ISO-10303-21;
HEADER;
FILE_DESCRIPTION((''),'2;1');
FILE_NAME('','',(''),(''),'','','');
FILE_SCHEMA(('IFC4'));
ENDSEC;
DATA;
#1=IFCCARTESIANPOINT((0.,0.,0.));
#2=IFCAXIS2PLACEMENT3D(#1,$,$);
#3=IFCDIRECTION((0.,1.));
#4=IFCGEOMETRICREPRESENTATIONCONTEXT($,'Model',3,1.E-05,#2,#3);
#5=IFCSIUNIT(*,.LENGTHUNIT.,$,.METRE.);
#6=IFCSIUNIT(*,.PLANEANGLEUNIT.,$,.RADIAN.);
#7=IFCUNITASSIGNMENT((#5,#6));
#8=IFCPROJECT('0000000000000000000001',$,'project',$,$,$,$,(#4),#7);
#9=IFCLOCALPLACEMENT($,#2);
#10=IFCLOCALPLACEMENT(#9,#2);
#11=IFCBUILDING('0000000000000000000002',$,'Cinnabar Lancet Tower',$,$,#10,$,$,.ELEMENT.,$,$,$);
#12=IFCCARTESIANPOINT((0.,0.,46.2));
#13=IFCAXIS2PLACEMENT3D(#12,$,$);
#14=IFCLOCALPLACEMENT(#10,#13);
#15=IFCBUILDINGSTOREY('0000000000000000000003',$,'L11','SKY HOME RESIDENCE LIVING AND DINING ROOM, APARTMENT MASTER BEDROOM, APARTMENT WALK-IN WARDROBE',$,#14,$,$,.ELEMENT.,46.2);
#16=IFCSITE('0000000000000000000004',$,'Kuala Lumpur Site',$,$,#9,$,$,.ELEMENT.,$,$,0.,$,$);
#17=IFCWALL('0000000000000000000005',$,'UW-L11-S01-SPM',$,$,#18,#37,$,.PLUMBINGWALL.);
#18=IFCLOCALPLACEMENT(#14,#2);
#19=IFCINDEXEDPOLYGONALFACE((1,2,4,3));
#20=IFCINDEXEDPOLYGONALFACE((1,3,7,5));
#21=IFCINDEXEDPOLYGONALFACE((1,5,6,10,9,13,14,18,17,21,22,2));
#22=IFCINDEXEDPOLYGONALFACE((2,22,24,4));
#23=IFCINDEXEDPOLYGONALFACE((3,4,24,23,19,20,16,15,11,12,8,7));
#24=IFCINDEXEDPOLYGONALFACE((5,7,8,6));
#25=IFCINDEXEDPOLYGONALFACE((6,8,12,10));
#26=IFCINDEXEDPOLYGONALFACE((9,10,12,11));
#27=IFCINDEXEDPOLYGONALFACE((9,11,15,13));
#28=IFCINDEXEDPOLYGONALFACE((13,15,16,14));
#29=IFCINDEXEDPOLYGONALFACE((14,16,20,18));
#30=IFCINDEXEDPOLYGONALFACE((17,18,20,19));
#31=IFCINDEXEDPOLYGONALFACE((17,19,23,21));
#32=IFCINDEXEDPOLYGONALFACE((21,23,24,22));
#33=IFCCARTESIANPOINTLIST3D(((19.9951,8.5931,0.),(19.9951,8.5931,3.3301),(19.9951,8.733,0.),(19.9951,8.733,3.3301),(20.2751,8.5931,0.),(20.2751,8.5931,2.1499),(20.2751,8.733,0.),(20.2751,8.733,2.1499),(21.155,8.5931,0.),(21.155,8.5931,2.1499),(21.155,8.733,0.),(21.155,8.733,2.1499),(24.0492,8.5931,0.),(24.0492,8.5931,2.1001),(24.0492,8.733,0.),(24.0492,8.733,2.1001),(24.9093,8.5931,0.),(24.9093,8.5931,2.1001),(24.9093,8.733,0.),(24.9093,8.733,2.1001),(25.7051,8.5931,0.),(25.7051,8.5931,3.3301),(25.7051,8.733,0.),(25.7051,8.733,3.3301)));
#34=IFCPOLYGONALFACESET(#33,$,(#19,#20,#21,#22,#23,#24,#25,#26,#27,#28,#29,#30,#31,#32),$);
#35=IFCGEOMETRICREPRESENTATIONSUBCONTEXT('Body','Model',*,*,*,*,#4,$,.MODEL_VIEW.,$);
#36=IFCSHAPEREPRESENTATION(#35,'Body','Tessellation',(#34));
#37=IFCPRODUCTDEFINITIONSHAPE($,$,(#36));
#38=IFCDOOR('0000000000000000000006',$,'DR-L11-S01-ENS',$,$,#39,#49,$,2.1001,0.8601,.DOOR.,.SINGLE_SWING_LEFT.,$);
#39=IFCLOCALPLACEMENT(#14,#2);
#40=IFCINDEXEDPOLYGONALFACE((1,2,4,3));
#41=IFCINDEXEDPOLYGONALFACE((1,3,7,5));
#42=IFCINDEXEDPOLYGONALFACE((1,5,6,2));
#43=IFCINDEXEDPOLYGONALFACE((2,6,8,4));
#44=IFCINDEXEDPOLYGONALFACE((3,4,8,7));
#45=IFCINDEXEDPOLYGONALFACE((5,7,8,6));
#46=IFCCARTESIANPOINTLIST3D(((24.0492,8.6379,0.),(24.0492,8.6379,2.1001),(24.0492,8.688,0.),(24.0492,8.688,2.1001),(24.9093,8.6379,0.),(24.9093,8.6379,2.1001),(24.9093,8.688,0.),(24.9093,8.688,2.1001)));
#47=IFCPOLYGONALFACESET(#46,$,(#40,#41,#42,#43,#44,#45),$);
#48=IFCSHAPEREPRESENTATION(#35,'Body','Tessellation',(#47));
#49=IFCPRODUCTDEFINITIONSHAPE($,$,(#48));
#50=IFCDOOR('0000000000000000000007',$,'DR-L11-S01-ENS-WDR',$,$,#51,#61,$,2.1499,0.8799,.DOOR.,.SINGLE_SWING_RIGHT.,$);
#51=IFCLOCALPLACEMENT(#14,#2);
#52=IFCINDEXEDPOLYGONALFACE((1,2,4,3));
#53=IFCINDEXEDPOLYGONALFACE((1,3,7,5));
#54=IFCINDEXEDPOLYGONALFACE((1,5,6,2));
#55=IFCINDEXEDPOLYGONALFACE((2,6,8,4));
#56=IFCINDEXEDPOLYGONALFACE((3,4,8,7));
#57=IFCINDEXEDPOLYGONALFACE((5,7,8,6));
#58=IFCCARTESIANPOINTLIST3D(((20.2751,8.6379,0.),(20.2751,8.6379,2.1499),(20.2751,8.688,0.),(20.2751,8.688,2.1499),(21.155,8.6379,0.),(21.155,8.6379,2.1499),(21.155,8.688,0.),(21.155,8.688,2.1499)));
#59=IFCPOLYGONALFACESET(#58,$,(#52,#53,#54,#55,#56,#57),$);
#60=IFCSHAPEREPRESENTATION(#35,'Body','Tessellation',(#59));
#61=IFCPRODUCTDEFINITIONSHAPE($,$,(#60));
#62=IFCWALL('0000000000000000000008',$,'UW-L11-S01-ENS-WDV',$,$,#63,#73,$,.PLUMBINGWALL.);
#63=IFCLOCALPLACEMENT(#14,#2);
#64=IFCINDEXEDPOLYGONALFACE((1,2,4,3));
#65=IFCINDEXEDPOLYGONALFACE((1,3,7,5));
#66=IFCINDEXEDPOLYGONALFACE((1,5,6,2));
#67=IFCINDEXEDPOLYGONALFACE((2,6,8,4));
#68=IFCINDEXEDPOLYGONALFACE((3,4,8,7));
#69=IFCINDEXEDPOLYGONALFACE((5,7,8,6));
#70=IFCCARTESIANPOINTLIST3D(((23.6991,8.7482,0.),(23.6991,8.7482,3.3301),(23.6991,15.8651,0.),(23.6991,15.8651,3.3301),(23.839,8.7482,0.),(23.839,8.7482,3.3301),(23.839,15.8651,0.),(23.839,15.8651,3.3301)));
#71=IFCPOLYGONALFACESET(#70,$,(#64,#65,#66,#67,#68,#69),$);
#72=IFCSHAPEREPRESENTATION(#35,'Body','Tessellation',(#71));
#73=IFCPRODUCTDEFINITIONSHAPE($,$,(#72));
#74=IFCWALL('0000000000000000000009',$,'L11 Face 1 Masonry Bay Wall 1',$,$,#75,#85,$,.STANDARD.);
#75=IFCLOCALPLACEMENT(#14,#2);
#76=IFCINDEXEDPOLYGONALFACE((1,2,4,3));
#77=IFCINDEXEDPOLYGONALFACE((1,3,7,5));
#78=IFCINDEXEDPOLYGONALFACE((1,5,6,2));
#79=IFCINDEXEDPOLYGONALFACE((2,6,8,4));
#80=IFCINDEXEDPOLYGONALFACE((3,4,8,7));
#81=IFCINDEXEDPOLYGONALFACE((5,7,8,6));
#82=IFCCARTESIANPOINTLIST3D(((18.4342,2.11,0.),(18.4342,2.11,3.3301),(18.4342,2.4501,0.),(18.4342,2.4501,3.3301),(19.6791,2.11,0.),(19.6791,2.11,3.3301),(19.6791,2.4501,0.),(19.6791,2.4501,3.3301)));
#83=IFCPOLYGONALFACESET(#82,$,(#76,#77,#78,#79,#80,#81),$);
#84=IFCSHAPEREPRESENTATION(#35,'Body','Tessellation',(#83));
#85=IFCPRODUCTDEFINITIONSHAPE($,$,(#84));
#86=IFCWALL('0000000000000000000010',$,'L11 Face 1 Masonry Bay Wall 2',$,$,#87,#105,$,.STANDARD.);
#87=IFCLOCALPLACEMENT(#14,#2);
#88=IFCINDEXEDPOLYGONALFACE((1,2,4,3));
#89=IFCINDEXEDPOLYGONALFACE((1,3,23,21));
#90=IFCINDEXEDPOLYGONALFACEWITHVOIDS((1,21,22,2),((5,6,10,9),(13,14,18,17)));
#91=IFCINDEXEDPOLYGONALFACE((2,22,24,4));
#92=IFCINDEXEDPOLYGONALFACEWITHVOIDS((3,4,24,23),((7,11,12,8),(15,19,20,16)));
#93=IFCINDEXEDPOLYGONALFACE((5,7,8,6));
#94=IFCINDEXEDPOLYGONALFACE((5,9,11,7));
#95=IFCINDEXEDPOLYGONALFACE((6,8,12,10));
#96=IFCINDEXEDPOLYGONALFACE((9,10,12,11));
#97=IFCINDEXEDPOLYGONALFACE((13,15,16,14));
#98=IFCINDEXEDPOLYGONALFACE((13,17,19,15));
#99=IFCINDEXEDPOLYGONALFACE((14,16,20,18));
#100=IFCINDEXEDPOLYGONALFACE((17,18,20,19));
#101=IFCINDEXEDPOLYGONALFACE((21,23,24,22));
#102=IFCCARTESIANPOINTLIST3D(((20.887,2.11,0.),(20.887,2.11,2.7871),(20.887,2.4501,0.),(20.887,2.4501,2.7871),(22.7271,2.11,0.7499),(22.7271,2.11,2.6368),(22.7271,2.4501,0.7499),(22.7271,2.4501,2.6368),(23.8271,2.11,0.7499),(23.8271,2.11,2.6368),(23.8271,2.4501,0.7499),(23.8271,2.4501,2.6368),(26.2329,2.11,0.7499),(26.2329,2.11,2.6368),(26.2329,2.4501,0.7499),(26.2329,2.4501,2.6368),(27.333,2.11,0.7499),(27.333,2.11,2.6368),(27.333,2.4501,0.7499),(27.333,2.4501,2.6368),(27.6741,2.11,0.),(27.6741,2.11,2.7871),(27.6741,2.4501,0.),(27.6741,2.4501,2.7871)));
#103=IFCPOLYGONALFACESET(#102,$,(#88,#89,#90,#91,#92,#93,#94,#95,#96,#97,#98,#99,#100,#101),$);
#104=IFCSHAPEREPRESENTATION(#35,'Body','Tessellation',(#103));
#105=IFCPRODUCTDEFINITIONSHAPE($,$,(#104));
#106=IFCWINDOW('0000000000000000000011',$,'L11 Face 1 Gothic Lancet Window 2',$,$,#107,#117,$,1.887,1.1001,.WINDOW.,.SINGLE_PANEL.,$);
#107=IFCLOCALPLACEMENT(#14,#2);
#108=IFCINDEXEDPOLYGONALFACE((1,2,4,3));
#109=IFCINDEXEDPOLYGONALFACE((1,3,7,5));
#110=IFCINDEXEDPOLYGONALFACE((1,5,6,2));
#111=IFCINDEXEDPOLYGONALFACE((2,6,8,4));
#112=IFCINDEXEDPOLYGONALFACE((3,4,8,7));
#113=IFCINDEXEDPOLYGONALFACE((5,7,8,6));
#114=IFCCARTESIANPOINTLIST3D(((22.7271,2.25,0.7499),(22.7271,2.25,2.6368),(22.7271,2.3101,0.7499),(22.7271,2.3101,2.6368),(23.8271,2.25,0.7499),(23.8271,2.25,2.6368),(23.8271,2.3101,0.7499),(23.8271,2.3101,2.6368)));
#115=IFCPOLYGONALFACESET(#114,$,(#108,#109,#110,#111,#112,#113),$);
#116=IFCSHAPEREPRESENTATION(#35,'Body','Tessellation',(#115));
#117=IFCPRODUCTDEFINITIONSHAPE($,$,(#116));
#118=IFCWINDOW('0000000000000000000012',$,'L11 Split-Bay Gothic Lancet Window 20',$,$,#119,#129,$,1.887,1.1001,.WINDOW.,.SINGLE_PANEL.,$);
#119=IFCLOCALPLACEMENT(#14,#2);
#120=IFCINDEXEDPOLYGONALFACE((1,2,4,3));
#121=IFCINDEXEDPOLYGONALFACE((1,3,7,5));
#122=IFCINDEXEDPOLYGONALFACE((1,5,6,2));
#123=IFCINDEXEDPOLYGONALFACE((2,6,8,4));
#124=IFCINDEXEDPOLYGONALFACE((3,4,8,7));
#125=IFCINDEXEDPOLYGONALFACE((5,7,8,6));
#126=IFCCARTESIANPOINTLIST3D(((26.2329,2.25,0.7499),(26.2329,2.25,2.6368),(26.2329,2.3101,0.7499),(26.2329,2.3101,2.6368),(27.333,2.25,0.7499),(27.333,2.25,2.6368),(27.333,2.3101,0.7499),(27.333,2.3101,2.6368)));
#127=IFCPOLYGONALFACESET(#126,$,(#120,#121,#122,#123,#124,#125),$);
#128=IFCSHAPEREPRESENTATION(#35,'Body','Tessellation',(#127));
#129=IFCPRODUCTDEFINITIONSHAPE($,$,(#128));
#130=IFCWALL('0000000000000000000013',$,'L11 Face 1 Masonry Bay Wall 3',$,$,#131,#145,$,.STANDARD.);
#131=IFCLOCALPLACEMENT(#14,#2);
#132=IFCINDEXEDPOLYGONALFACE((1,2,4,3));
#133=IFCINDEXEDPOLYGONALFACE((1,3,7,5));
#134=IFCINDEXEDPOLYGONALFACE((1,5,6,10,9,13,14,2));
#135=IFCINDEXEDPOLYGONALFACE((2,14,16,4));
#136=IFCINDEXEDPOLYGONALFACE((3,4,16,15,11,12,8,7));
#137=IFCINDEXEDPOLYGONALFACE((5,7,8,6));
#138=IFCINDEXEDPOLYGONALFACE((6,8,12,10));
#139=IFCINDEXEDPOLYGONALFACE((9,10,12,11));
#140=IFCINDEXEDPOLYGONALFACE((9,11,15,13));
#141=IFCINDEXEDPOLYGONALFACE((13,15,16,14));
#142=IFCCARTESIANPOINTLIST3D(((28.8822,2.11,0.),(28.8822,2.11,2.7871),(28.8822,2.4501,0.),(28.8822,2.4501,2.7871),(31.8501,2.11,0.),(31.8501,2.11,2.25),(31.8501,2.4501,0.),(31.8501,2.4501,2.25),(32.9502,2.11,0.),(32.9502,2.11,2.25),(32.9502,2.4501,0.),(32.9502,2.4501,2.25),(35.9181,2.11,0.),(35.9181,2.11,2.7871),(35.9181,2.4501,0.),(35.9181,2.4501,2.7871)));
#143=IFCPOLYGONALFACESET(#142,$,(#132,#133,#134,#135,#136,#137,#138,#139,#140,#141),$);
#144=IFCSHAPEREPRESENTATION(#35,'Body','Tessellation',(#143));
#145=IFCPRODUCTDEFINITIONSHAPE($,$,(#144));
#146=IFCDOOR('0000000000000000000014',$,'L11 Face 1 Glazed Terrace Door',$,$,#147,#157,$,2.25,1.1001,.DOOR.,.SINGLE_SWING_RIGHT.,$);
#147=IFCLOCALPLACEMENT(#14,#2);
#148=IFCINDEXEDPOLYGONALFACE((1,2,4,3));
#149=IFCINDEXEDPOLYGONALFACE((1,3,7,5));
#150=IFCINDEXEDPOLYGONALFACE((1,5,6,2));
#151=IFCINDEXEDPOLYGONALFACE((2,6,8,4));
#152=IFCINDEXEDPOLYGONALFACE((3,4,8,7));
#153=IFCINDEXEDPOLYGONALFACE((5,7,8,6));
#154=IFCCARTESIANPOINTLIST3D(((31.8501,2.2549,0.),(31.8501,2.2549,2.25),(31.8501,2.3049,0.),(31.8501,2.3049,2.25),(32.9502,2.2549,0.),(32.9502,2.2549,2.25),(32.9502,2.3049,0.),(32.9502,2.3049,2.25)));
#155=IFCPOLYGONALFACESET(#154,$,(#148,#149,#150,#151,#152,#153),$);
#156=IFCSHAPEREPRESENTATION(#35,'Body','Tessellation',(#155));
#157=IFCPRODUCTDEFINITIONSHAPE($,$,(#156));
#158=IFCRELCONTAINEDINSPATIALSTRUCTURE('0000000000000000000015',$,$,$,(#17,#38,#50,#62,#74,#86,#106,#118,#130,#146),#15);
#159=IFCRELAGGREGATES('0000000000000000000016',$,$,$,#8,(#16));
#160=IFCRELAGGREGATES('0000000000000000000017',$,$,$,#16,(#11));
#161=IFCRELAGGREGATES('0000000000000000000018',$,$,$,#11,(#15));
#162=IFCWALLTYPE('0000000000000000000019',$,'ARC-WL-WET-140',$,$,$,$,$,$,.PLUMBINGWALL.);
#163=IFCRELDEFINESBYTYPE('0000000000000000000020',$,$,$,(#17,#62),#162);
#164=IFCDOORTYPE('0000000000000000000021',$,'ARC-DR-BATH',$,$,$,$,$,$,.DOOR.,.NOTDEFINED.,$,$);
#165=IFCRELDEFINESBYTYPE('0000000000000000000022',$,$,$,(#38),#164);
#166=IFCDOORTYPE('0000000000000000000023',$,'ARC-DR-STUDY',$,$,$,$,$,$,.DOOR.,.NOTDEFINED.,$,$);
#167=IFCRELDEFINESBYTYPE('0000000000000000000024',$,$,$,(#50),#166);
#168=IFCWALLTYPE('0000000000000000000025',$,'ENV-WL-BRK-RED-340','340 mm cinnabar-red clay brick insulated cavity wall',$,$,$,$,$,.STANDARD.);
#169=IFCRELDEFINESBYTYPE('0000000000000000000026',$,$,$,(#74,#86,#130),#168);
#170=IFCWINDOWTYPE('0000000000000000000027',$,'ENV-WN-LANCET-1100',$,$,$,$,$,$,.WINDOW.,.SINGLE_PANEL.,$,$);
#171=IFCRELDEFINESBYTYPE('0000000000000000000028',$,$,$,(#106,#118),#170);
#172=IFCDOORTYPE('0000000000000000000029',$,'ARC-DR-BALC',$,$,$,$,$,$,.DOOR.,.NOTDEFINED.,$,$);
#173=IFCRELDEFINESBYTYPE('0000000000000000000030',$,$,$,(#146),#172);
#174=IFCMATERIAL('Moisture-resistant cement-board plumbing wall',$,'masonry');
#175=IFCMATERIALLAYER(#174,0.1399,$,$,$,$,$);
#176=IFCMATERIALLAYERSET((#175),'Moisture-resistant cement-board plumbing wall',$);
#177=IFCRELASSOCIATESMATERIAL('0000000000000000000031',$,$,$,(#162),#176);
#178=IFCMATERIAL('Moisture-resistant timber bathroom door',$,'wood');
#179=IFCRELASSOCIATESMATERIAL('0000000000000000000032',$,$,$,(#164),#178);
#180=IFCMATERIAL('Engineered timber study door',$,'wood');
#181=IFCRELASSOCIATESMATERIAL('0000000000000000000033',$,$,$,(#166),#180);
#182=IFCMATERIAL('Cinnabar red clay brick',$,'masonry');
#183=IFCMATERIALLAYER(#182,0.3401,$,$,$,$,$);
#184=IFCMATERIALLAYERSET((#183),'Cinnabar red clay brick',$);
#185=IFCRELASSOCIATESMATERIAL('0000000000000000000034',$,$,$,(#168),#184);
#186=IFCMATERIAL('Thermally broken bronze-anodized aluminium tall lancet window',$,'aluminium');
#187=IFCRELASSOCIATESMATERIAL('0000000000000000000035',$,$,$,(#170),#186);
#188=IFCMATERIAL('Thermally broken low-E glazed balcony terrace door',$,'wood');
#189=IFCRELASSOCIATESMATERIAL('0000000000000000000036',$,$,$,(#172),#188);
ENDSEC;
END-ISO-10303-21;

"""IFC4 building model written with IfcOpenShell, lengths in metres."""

from ifc_helpers import new_model, si_unit, direction, frame, frame_2d, origin, place, context, subcontext, project, spatial, rectangle, extrude, material, layer, layer_set, type_object, element, fill, save


model = new_model("IFC4")

# Units and contexts
model_context = context("Model", 3, precision=1e-05, world=origin(), true_north=direction((0.0, 1.0)))
body_context = subcontext(model_context, "Body", "Model", "MODEL_VIEW")
ifc_project = project(units=[si_unit("LENGTHUNIT", "METRE"), si_unit("PLANEANGLEUNIT", "RADIAN")], contexts=[model_context])

# Site, building, storey
site_placement = place(None, origin())
site = spatial("IfcSite", under=ifc_project, at=site_placement, Name="Kuala Lumpur Site", CompositionType="ELEMENT", RefElevation=0.0)
building_placement = place(site_placement, origin())
building = spatial("IfcBuilding", under=site, at=building_placement, Name="Cinnabar Lancet Tower", CompositionType="ELEMENT")
storey_placement = place(building_placement, frame((0.0, 0.0, 46.2)))
storey = spatial("IfcBuildingStorey", under=building, at=storey_placement, Name="L11", Description="SKY HOME RESIDENCE LIVING AND DINING ROOM, APARTMENT MASTER BEDROOM, APARTMENT WALK-IN WARDROBE", CompositionType="ELEMENT", Elevation=46.2)

# Wall, openings, doors
ifc_material_1 = material(Name="Moisture-resistant cement-board plumbing wall", Category="masonry")
ifc_layer_1 = layer(ifc_material_1, 0.1399)
ifc_layer_set_1 = layer_set([ifc_layer_1], Name="Moisture-resistant cement-board plumbing wall")
wall_type_1 = type_object("IfcWallType", Name="ARC-WL-WET-140", PredefinedType="PLUMBINGWALL", material=ifc_layer_set_1)
ifc_material_2 = material(Name="Moisture-resistant timber bathroom door", Category="wood")
door_type_1 = type_object("IfcDoorType", Name="ARC-DR-BATH", OperationType="NOTDEFINED", PredefinedType="DOOR", material=ifc_material_2)
ifc_material_3 = material(Name="Engineered timber study door", Category="wood")
door_type_2 = type_object("IfcDoorType", Name="ARC-DR-STUDY", OperationType="NOTDEFINED", PredefinedType="DOOR", material=ifc_material_3)
wall_1_placement = place(storey_placement, frame((19.9951, 8.6631, 0.0), z_axis=(0.0, 0.0, 1.0), x_axis=(1.0, 0.0, 0.0)))
wall_1 = element("IfcWall", 1, at=wall_1_placement, inside=storey, type_object=wall_type_1, Name="UW-L11-S01-SPM", PredefinedType="PLUMBINGWALL", context=body_context, shape_type="SweptSolid", body=[
    extrude(rectangle(XDim=5.71, YDim=0.1399, at=frame_2d((2.855, 0.0))), origin(), (0.0, 0.0, 1.0), 3.3301),
])
opening_1_placement = place(wall_1_placement, frame((0.28, 0.0, 0.0)))
opening_1 = element("IfcOpeningElement", 2, at=opening_1_placement, cuts=wall_1, PredefinedType="OPENING", context=body_context, shape_type="SweptSolid", body=[
    extrude(rectangle(XDim=0.8799, YDim=2.1499, at=frame_2d((0.4399, 1.075))), frame((0.0, 0.0798, 0.0), z_axis=(0.0, -1.0, 0.0), x_axis=(1.0, 0.0, 0.0)), (0.0, 0.0, 1.0), 0.1599),
])
opening_2_placement = place(wall_1_placement, frame((4.054, 0.0, 0.0)))
opening_2 = element("IfcOpeningElement", 3, at=opening_2_placement, cuts=wall_1, PredefinedType="OPENING", context=body_context, shape_type="SweptSolid", body=[
    extrude(rectangle(XDim=0.8601, YDim=2.1001, at=frame_2d((0.4302, 1.05))), frame((0.0, 0.0798, 0.0), z_axis=(0.0, -1.0, 0.0), x_axis=(1.0, 0.0, 0.0)), (0.0, 0.0, 1.0), 0.1599),
])
door_1_placement = place(opening_2_placement, origin())
door_1 = element("IfcDoor", 4, at=door_1_placement, inside=storey, type_object=door_type_1, Name="DR-L11-S01-ENS", OperationType="SINGLE_SWING_LEFT", OverallHeight=2.1001, OverallWidth=0.8601, PredefinedType="DOOR", context=body_context, shape_type="SweptSolid", body=[
    extrude(rectangle(XDim=0.8601, YDim=2.1001, at=frame_2d((0.4302, 1.05))), frame((0.0, 0.0249, 0.0), z_axis=(0.0, -1.0, 0.0), x_axis=(1.0, 0.0, 0.0)), (0.0, 0.0, 1.0), 0.05),
])
fill(opening_2, door_1)
door_2_placement = place(opening_1_placement, origin())
door_2 = element("IfcDoor", 5, at=door_2_placement, inside=storey, type_object=door_type_2, Name="DR-L11-S01-ENS-WDR", OperationType="SINGLE_SWING_RIGHT", OverallHeight=2.1499, OverallWidth=0.8799, PredefinedType="DOOR", context=body_context, shape_type="SweptSolid", body=[
    extrude(rectangle(XDim=0.8799, YDim=2.1499, at=frame_2d((0.4399, 1.075))), frame((0.0, 0.0249, 0.0), z_axis=(0.0, -1.0, 0.0), x_axis=(1.0, 0.0, 0.0)), (0.0, 0.0, 1.0), 0.05),
])
fill(opening_1, door_2)

# Walls
wall_2_placement = place(storey_placement, frame((23.769, 8.748, 0.0), z_axis=(0.0, 0.0, 1.0), x_axis=(0.0, 1.0, 0.0)))
element("IfcWall", 6, at=wall_2_placement, inside=storey, type_object=wall_type_1, Name="UW-L11-S01-ENS-WDV", PredefinedType="PLUMBINGWALL", context=body_context, shape_type="SweptSolid", body=[
    extrude(rectangle(XDim=7.1169, YDim=0.1399, at=frame_2d((3.5586, 0.0))), origin(), (0.0, 0.0, 1.0), 3.3301),
])
ifc_material_4 = material(Name="Cinnabar red clay brick", Category="masonry")
ifc_layer_2 = layer(ifc_material_4, 0.3401)
ifc_layer_set_2 = layer_set([ifc_layer_2], Name="Cinnabar red clay brick")
wall_type_2 = type_object("IfcWallType", Name="ENV-WL-BRK-RED-340", Description="340 mm cinnabar-red clay brick insulated cavity wall", PredefinedType="STANDARD", material=ifc_layer_set_2)
wall_3_placement = place(storey_placement, frame((18.4341, 2.28, 0.0), z_axis=(0.0, 0.0, 1.0), x_axis=(1.0, 0.0, 0.0)))
element("IfcWall", 7, at=wall_3_placement, inside=storey, type_object=wall_type_2, Name="L11 Face 1 Masonry Bay Wall 1", PredefinedType="STANDARD", context=body_context, shape_type="SweptSolid", body=[
    extrude(rectangle(XDim=1.2449, YDim=0.3401, at=frame_2d((0.6226, 0.0))), origin(), (0.0, 0.0, 1.0), 3.3301),
])

# Wall, openings, windows
wall_4_placement = place(storey_placement, frame((20.887, 2.28, 0.0), z_axis=(0.0, 0.0, 1.0), x_axis=(1.0, 0.0, 0.0)))
wall_4 = element("IfcWall", 8, at=wall_4_placement, inside=storey, type_object=wall_type_2, Name="L11 Face 1 Masonry Bay Wall 2", PredefinedType="STANDARD", context=body_context, shape_type="SweptSolid", body=[
    extrude(rectangle(XDim=6.7871, YDim=0.3401, at=frame_2d((3.3936, 0.0))), origin(), (0.0, 0.0, 1.0), 2.7871),
])
opening_3_placement = place(wall_4_placement, frame((1.8401, 0.0, 0.75)))
opening_3 = element("IfcOpeningElement", 9, at=opening_3_placement, cuts=wall_4, PredefinedType="OPENING", context=body_context, shape_type="SweptSolid", body=[
    extrude(rectangle(XDim=1.1001, YDim=1.887, at=frame_2d((0.55, 0.9434))), frame((0.0, 0.1799, 0.0), z_axis=(0.0, -1.0, 0.0), x_axis=(1.0, 0.0, 0.0)), (0.0, 0.0, 1.0), 0.3601),
])
opening_4_placement = place(wall_4_placement, frame((5.3459, 0.0, 0.75)))
opening_4 = element("IfcOpeningElement", 10, at=opening_4_placement, cuts=wall_4, PredefinedType="OPENING", context=body_context, shape_type="SweptSolid", body=[
    extrude(rectangle(XDim=1.1001, YDim=1.887, at=frame_2d((0.55, 0.9434))), frame((0.0, 0.1799, 0.0), z_axis=(0.0, -1.0, 0.0), x_axis=(1.0, 0.0, 0.0)), (0.0, 0.0, 1.0), 0.3601),
])
ifc_material_5 = material(Name="Thermally broken bronze-anodized aluminium tall lancet window", Category="aluminium")
window_type = type_object("IfcWindowType", Name="ENV-WN-LANCET-1100", PartitioningType="SINGLE_PANEL", PredefinedType="WINDOW", material=ifc_material_5)
window_1_placement = place(opening_3_placement, origin())
window_1 = element("IfcWindow", 11, at=window_1_placement, inside=storey, type_object=window_type, Name="L11 Face 1 Gothic Lancet Window 2", OverallHeight=1.887, OverallWidth=1.1001, PartitioningType="SINGLE_PANEL", PredefinedType="WINDOW", context=body_context, shape_type="SweptSolid", body=[
    extrude(rectangle(XDim=1.1001, YDim=1.887, at=frame_2d((0.55, 0.9434))), frame((0.0, 0.03, 0.0), z_axis=(0.0, -1.0, 0.0), x_axis=(1.0, 0.0, 0.0)), (0.0, 0.0, 1.0), 0.0601),
])
fill(opening_3, window_1)
window_2_placement = place(opening_4_placement, origin())
window_2 = element("IfcWindow", 12, at=window_2_placement, inside=storey, type_object=window_type, Name="L11 Split-Bay Gothic Lancet Window 20", OverallHeight=1.887, OverallWidth=1.1001, PartitioningType="SINGLE_PANEL", PredefinedType="WINDOW", context=body_context, shape_type="SweptSolid", body=[
    extrude(rectangle(XDim=1.1001, YDim=1.887, at=frame_2d((0.55, 0.9434))), frame((0.0, 0.03, 0.0), z_axis=(0.0, -1.0, 0.0), x_axis=(1.0, 0.0, 0.0)), (0.0, 0.0, 1.0), 0.0601),
])
fill(opening_4, window_2)

# Wall, opening, door
wall_5_placement = place(storey_placement, frame((28.8821, 2.28, 0.0), z_axis=(0.0, 0.0, 1.0), x_axis=(1.0, 0.0, 0.0)))
wall_5 = element("IfcWall", 13, at=wall_5_placement, inside=storey, type_object=wall_type_2, Name="L11 Face 1 Masonry Bay Wall 3", PredefinedType="STANDARD", context=body_context, shape_type="SweptSolid", body=[
    extrude(rectangle(XDim=7.0359, YDim=0.3401, at=frame_2d((3.5181, 0.0))), origin(), (0.0, 0.0, 1.0), 2.7871),
])
opening_5_placement = place(wall_5_placement, frame((2.968, 0.0, 0.0)))
opening_5 = element("IfcOpeningElement", 14, at=opening_5_placement, cuts=wall_5, PredefinedType="OPENING", context=body_context, shape_type="SweptSolid", body=[
    extrude(rectangle(XDim=1.1001, YDim=2.25, at=frame_2d((0.55, 1.125))), frame((0.0, 0.1799, 0.0), z_axis=(0.0, -1.0, 0.0), x_axis=(1.0, 0.0, 0.0)), (0.0, 0.0, 1.0), 0.3601),
])
ifc_material_6 = material(Name="Thermally broken low-E glazed balcony terrace door", Category="wood")
door_type_3 = type_object("IfcDoorType", Name="ARC-DR-BALC", OperationType="NOTDEFINED", PredefinedType="DOOR", material=ifc_material_6)
door_3_placement = place(opening_5_placement, origin())
door_3 = element("IfcDoor", 15, at=door_3_placement, inside=storey, type_object=door_type_3, Name="L11 Face 1 Glazed Terrace Door", OperationType="SINGLE_SWING_RIGHT", OverallHeight=2.25, OverallWidth=1.1001, PredefinedType="DOOR", context=body_context, shape_type="SweptSolid", body=[
    extrude(rectangle(XDim=1.1001, YDim=2.25, at=frame_2d((0.55, 1.125))), frame((0.0, 0.0249, 0.0), z_axis=(0.0, -1.0, 0.0), x_axis=(1.0, 0.0, 0.0)), (0.0, 0.0, 1.0), 0.05),
])
fill(opening_5, door_3)

save(model, "model.ifc")
